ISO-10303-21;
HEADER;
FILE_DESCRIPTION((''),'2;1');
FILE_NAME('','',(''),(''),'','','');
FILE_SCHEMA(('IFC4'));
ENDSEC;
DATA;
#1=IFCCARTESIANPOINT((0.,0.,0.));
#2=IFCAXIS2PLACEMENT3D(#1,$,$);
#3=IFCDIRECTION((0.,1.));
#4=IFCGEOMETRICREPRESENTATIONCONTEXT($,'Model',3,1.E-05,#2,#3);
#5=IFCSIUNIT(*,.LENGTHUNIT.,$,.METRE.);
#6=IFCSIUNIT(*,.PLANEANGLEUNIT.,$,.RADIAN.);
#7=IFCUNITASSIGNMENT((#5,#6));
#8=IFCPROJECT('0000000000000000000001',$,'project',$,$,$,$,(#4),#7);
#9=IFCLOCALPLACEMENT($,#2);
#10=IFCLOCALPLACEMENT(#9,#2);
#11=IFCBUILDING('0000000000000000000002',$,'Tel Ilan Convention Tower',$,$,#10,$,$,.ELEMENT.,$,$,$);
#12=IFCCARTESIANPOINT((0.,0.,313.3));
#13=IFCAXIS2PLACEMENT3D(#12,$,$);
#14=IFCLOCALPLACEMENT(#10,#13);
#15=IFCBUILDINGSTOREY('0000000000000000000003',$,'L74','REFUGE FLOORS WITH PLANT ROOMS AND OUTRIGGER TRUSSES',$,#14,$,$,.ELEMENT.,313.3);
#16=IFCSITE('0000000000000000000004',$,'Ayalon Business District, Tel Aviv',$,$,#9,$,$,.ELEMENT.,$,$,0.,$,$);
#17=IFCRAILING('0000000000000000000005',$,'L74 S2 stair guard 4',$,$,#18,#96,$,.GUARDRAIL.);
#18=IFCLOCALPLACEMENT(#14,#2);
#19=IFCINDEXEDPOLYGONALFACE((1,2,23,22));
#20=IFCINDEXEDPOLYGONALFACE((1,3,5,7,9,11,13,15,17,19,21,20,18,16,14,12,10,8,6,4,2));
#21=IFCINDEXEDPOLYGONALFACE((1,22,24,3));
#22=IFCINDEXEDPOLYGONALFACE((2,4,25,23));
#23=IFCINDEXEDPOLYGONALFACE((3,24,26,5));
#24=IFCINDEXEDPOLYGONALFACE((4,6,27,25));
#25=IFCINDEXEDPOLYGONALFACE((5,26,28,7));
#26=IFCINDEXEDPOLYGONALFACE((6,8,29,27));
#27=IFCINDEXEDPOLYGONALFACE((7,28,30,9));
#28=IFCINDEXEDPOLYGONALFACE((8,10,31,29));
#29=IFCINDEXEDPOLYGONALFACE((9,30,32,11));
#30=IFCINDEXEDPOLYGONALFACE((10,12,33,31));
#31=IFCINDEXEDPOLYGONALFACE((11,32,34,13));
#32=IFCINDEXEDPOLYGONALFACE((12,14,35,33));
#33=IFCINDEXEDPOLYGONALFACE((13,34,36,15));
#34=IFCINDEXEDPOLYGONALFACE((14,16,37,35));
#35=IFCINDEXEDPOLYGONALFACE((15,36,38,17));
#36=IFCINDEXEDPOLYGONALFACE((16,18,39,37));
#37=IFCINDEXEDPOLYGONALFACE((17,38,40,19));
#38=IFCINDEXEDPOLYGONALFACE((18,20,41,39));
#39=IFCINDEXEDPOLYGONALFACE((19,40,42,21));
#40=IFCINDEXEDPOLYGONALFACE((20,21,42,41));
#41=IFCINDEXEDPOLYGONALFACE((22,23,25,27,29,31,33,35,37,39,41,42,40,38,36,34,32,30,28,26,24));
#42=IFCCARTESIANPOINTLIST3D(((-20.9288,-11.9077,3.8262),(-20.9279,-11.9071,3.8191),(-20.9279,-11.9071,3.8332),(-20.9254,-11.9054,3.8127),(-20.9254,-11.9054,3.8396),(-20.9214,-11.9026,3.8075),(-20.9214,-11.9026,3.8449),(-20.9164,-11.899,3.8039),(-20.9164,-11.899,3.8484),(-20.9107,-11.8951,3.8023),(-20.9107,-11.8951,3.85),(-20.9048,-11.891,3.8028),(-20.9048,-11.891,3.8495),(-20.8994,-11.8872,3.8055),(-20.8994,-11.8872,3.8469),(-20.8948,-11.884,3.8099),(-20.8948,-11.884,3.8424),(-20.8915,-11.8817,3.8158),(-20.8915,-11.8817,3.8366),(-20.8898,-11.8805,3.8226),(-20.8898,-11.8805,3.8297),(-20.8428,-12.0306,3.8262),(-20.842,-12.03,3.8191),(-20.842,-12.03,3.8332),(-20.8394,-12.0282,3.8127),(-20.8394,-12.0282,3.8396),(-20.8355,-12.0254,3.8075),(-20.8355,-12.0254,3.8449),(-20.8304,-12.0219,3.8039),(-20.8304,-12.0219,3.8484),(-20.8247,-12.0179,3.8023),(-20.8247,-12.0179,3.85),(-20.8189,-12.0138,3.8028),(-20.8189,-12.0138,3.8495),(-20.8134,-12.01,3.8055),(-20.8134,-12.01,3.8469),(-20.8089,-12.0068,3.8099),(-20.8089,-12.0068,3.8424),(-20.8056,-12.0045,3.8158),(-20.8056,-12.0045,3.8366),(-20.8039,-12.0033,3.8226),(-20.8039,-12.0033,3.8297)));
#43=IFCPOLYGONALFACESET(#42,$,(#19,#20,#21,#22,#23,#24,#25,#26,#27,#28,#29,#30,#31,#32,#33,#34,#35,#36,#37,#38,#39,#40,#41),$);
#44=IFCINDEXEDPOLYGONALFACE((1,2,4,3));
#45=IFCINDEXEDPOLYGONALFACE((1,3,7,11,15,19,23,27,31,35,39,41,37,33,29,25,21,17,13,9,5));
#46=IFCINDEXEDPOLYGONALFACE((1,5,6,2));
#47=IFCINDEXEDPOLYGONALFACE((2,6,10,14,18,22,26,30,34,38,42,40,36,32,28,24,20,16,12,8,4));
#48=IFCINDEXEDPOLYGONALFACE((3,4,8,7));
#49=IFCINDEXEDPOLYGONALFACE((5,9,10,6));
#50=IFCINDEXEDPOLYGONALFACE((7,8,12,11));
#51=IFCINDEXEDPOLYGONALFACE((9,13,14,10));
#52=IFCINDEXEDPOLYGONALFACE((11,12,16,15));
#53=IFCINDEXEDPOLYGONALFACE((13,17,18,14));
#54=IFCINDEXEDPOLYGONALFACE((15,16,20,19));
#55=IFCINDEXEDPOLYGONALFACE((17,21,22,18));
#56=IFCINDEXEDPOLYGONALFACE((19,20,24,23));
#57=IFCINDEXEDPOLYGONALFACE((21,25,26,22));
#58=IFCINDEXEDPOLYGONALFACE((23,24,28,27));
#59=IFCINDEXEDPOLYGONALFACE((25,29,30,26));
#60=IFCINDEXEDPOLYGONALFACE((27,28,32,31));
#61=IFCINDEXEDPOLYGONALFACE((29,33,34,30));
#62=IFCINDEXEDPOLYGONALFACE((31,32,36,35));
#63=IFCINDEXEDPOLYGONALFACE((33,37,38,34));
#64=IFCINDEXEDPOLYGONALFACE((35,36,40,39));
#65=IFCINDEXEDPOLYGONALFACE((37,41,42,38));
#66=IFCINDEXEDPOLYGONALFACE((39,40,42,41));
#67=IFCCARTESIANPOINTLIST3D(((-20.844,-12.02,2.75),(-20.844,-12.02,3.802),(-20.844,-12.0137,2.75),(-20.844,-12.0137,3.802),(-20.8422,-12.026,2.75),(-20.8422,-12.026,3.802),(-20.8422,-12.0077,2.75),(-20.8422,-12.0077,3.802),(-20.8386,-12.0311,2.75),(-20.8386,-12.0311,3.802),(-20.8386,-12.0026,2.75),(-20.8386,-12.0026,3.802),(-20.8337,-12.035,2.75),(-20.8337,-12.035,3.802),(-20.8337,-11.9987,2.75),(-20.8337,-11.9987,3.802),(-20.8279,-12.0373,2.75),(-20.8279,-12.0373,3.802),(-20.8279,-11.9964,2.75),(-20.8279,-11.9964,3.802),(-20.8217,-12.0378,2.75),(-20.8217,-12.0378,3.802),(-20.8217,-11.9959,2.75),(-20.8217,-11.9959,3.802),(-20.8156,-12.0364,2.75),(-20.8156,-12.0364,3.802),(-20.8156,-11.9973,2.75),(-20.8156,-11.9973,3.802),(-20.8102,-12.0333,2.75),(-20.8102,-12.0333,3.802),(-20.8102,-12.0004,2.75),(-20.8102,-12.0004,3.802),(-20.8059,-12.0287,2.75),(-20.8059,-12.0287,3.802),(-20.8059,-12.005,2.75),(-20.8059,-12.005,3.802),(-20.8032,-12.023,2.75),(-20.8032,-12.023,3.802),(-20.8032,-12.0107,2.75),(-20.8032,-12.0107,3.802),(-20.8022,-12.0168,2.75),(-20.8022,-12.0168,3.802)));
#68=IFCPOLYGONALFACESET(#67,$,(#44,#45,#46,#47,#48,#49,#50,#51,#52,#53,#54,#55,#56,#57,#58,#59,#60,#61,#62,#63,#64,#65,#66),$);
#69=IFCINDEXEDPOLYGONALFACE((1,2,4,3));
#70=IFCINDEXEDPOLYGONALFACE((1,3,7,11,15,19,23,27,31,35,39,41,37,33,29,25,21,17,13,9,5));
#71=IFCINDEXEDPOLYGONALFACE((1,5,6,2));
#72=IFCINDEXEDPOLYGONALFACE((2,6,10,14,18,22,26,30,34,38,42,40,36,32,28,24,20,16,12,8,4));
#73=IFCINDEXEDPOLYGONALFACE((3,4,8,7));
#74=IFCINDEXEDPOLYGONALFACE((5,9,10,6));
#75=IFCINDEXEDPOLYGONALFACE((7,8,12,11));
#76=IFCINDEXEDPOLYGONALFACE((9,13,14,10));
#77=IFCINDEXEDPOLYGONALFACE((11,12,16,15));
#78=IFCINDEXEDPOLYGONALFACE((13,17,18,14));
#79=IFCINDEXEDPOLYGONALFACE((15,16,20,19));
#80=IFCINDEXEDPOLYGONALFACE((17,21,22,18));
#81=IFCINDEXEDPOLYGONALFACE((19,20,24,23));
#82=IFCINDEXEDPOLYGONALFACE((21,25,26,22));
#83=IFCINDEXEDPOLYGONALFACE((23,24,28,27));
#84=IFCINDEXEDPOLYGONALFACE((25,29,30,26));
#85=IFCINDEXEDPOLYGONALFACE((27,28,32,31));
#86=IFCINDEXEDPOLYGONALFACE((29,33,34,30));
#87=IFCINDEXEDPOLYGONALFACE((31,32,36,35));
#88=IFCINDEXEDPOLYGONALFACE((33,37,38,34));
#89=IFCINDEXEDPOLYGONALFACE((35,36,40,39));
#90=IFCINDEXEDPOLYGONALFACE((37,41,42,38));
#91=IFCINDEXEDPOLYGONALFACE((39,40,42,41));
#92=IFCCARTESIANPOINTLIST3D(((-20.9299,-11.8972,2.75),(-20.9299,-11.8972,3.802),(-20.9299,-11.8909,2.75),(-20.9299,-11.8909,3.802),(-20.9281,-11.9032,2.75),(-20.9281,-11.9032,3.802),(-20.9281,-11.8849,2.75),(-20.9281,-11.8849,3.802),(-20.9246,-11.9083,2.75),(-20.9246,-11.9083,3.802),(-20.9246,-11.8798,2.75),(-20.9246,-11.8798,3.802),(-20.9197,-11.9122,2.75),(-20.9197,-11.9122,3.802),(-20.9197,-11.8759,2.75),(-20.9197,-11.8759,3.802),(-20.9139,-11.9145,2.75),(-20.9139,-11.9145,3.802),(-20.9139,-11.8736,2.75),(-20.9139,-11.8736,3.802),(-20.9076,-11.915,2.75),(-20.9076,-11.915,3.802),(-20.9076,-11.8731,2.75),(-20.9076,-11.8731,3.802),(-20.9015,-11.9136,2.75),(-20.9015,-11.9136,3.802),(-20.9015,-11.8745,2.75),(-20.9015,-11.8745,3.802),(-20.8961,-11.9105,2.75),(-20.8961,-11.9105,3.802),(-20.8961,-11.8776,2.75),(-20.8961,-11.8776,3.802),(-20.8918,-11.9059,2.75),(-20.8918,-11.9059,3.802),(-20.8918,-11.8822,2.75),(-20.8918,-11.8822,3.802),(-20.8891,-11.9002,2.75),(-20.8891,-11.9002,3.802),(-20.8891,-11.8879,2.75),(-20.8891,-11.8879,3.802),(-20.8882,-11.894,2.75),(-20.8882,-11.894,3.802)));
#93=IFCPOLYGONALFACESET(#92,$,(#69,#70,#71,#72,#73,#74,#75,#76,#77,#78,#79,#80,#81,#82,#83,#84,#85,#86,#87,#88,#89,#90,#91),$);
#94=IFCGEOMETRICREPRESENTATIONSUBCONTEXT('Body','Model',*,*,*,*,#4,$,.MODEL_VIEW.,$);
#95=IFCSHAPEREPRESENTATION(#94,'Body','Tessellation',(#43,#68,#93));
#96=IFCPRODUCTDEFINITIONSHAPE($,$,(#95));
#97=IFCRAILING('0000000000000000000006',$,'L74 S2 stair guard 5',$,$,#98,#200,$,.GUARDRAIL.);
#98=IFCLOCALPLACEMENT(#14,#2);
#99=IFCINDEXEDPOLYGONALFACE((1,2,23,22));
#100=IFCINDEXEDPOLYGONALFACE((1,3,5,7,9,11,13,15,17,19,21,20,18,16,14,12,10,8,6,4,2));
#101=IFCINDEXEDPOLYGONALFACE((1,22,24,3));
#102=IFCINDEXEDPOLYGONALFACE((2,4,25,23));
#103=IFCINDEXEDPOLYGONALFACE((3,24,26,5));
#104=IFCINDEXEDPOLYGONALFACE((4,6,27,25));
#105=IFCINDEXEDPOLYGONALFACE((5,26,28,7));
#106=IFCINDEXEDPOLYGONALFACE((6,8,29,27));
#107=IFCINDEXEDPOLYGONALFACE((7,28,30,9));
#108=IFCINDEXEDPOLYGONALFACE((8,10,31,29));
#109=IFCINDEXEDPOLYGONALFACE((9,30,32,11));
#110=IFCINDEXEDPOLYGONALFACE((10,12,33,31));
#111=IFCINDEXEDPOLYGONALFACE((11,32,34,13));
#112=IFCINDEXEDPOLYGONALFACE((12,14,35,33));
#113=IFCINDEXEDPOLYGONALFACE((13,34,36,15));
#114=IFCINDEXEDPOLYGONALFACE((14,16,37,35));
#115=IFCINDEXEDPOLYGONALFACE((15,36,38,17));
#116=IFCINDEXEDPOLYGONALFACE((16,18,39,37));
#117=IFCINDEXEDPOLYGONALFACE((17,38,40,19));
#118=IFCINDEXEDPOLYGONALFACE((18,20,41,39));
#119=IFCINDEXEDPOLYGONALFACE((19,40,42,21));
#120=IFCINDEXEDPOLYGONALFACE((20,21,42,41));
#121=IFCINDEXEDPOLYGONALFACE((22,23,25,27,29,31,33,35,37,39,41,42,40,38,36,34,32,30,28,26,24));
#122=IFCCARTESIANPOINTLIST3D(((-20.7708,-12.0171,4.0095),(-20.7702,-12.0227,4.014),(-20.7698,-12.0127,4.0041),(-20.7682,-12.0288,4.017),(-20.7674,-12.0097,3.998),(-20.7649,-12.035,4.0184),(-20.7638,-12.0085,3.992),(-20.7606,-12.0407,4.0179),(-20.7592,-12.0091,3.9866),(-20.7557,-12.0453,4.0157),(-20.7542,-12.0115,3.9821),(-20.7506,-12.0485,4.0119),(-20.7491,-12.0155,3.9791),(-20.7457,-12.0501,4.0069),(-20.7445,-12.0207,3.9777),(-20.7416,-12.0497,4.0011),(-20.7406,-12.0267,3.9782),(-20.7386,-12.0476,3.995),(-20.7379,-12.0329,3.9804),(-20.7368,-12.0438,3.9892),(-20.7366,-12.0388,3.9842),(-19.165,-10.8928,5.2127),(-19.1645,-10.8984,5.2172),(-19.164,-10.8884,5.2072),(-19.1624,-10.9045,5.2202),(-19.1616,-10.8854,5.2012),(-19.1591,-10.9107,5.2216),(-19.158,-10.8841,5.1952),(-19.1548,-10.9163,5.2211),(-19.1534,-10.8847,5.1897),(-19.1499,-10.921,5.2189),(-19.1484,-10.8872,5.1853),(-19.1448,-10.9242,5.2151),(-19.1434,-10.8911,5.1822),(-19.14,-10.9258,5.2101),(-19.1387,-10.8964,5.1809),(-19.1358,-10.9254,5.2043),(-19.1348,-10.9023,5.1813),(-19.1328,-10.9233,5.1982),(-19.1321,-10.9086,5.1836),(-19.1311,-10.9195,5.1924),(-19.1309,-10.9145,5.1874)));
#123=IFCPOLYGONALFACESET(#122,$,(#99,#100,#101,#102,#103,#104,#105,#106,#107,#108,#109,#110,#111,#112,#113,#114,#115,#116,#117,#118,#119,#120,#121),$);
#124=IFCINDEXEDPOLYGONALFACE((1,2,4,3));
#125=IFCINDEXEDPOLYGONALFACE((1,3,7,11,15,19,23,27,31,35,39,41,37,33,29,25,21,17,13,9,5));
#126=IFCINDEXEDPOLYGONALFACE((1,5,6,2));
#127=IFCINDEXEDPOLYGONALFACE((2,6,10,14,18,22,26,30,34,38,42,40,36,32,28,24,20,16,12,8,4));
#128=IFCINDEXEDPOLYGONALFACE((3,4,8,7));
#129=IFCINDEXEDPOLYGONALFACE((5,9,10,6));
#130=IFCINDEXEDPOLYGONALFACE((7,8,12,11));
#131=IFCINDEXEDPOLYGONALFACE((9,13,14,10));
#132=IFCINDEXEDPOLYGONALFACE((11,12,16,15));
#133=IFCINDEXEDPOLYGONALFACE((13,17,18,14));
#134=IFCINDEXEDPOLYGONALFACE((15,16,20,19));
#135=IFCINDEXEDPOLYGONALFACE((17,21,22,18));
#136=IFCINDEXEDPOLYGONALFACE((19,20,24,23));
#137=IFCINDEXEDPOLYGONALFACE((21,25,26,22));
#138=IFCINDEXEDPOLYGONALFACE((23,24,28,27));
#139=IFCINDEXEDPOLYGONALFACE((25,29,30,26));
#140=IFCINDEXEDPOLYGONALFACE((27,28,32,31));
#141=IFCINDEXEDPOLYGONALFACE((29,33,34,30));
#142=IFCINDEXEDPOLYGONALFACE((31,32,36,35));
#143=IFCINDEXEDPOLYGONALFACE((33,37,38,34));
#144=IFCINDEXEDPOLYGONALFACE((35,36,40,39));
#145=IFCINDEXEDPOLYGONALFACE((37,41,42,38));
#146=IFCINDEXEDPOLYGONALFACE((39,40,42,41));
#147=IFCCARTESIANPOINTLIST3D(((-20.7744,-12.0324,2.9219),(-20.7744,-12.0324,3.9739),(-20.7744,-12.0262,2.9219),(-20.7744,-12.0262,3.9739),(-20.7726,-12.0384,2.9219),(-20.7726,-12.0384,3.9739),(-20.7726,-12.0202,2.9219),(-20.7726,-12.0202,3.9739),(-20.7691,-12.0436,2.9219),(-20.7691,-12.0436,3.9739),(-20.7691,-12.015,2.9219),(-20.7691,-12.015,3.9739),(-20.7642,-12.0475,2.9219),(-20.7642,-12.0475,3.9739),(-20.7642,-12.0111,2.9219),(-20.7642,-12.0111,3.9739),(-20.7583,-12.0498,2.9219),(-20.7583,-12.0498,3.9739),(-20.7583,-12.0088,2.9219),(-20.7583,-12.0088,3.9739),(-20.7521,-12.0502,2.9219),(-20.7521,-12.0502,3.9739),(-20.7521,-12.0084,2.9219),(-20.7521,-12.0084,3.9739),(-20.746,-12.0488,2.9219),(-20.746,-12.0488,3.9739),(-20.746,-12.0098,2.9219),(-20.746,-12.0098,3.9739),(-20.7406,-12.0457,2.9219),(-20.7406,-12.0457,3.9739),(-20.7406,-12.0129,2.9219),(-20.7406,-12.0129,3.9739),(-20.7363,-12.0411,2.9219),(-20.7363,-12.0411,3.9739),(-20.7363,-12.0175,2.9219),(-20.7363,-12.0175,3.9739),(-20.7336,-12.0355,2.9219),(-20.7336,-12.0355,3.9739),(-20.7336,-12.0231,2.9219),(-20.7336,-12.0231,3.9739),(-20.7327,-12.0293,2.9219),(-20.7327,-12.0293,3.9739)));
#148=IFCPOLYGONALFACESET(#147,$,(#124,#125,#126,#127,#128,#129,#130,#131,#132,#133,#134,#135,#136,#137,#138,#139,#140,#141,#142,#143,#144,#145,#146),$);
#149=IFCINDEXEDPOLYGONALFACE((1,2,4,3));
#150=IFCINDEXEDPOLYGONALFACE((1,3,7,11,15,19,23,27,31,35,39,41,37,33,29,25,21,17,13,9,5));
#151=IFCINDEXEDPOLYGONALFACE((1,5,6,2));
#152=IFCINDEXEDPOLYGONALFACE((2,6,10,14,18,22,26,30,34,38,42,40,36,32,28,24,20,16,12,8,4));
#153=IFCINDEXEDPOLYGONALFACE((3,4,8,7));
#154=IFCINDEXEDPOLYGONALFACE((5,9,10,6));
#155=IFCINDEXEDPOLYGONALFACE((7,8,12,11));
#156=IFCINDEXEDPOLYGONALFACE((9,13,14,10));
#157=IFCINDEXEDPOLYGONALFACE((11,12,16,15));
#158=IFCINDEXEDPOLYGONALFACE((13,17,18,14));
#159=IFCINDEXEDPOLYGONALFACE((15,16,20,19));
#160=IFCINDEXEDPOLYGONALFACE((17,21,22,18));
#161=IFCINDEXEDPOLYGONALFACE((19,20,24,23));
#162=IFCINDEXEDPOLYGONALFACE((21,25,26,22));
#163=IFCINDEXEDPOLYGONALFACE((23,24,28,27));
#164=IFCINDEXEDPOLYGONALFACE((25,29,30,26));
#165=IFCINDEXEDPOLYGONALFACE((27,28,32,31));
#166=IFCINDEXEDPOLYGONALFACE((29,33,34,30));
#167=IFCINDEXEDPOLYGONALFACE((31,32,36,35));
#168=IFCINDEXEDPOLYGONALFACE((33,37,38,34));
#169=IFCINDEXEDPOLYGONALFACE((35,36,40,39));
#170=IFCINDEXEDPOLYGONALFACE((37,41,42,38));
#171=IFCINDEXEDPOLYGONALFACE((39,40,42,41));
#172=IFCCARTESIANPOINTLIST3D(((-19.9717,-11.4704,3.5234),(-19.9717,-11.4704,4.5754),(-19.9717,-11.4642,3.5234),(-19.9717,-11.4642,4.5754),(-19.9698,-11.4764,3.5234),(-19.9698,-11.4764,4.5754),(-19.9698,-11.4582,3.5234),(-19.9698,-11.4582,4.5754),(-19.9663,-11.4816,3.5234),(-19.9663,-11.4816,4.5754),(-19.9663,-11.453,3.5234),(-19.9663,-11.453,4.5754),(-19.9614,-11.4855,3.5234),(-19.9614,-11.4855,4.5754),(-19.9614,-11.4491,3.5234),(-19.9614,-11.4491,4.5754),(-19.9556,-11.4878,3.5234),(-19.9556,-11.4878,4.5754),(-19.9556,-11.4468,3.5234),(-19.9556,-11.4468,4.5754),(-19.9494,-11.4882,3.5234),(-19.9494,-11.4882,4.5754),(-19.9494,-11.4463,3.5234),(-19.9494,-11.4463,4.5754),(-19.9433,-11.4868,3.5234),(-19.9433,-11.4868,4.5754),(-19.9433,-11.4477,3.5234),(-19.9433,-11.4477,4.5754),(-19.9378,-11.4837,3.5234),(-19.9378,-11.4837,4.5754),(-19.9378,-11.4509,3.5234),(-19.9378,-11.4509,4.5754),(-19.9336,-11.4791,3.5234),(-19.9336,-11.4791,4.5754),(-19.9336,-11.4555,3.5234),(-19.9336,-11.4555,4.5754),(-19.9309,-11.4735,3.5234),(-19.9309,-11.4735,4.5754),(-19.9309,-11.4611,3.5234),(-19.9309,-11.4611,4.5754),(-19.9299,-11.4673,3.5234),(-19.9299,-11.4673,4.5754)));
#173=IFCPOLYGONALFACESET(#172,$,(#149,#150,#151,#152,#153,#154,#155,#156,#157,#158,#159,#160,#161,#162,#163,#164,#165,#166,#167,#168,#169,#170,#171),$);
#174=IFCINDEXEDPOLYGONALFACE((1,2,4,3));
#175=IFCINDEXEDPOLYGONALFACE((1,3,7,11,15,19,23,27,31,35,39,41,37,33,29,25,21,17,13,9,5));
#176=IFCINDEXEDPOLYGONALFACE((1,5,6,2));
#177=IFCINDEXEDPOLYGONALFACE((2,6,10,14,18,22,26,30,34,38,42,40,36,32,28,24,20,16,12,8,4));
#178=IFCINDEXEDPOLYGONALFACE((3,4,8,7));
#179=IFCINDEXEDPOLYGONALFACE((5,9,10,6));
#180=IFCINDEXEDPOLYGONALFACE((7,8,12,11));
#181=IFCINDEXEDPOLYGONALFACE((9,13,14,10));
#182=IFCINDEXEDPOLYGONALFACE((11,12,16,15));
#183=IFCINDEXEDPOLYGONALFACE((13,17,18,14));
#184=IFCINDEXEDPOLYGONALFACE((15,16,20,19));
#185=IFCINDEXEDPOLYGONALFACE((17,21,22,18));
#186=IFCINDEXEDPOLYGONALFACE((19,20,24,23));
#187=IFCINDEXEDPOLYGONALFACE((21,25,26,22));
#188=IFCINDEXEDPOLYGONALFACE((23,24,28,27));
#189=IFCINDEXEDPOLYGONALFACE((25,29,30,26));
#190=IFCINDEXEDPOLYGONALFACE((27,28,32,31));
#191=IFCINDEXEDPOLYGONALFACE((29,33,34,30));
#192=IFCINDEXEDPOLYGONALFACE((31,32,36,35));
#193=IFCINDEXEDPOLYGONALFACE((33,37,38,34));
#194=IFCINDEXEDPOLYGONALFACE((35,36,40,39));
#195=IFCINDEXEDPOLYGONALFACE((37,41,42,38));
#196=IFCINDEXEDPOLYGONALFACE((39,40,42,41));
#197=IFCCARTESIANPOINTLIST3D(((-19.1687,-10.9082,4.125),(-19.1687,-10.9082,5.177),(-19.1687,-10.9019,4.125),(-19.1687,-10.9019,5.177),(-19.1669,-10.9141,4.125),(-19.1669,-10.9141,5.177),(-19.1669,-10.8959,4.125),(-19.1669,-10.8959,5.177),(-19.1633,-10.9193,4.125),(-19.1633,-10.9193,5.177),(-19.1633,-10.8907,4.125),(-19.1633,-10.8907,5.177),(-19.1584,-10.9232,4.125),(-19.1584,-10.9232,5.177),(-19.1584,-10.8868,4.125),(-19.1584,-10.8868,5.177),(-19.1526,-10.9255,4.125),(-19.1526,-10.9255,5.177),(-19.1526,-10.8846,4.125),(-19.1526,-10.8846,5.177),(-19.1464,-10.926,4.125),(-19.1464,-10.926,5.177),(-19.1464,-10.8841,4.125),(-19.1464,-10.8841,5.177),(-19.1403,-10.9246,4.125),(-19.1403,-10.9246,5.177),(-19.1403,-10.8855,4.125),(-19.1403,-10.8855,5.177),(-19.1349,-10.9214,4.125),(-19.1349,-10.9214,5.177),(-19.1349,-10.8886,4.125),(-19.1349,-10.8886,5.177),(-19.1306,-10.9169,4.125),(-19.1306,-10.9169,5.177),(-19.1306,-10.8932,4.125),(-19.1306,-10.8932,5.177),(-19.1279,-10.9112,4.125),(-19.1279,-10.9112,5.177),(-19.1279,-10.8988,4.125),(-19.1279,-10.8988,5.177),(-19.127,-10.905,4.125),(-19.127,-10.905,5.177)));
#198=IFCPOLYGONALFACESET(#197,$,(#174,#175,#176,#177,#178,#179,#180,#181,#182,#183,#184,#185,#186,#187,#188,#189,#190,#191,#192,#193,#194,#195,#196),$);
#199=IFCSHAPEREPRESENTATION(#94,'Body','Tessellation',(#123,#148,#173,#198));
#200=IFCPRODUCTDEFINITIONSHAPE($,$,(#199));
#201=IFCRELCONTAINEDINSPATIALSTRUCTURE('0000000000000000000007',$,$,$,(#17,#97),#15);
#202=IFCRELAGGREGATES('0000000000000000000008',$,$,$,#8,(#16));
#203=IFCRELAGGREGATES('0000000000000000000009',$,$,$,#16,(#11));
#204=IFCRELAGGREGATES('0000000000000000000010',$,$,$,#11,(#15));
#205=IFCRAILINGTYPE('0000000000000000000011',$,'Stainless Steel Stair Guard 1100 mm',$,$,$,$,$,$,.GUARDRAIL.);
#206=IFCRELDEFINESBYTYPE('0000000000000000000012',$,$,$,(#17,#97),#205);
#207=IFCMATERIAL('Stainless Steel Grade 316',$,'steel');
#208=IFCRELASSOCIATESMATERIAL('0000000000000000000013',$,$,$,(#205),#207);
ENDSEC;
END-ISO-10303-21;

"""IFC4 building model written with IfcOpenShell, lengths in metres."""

from ifc_helpers import new_model, si_unit, direction, frame, origin, origin_2d, place, context, subcontext, project, spatial, circle, extrude, material, type_object, element, save


model = new_model("IFC4")

# Units and contexts
model_context = context("Model", 3, precision=1e-05, world=origin(), true_north=direction((0.0, 1.0)))
body_context = subcontext(model_context, "Body", "Model", "MODEL_VIEW")
ifc_project = project(units=[si_unit("LENGTHUNIT", "METRE"), si_unit("PLANEANGLEUNIT", "RADIAN")], contexts=[model_context])

# Site, building, storey
site_placement = place(None, origin())
site = spatial("IfcSite", under=ifc_project, at=site_placement, Name="Ayalon Business District, Tel Aviv", CompositionType="ELEMENT", RefElevation=0.0)
building_placement = place(site_placement, origin())
building = spatial("IfcBuilding", under=site, at=building_placement, Name="Tel Ilan Convention Tower", CompositionType="ELEMENT")
storey_placement = place(building_placement, frame((0.0, 0.0, 313.3)))
storey = spatial("IfcBuildingStorey", under=building, at=storey_placement, Name="L74", Description="REFUGE FLOORS WITH PLANT ROOMS AND OUTRIGGER TRUSSES", CompositionType="ELEMENT", Elevation=313.3)

# Railings
ifc_material_1 = material(Name="Stainless Steel Grade 316", Category="steel")
railing_type_1 = type_object("IfcRailingType", Name="Stainless Steel Stair Guard 1100 mm", PredefinedType="GUARDRAIL", material=ifc_material_1)
railing_1_placement = place(storey_placement, frame((-20.8232, -12.0168, 2.75)))
element("IfcRailing", 1, at=railing_1_placement, inside=storey, type_object=railing_type_1, Name="L74 S2 stair guard 4", PredefinedType="GUARDRAIL", context=body_context, shape_type="SweptSolid", body=[
    extrude(circle(Radius=0.0239, at=origin_2d()), frame((0.0, 0.0, 1.0762), z_axis=(-0.573353, 0.819308, 0.0), x_axis=(-0.819308, -0.573353, 0.0)), (0.0, 0.0, 1.0), 0.1499),
    extrude(circle(Radius=0.021, at=origin_2d()), origin(), (0.0, 0.0, 1.0), 1.052),
    extrude(circle(Radius=0.021, at=origin_2d()), frame((-0.0859, 0.1228, 0.0)), (0.0, 0.0, 1.0), 1.052),
])
railing_2_placement = place(storey_placement, frame((-20.7537, -12.0293, 2.9219)))
element("IfcRailing", 2, at=railing_2_placement, inside=storey, type_object=railing_type_1, Name="L74 S2 stair guard 5", PredefinedType="GUARDRAIL", context=body_context, shape_type="SweptSolid", body=[
    extrude(circle(Radius=0.0239, at=origin_2d()), frame((0.0, 0.0, 1.0762), z_axis=(0.698149, 0.488821, 0.523108), x_axis=(-0.573554, 0.819168, 0.0)), (0.0, 0.0, 1.0), 2.3),
    extrude(circle(Radius=0.021, at=origin_2d()), origin(), (0.0, 0.0, 1.0), 1.052),
    extrude(circle(Radius=0.021, at=origin_2d()), frame((0.8027, 0.562, 0.6016)), (0.0, 0.0, 1.0), 1.052),
    extrude(circle(Radius=0.021, at=origin_2d()), frame((1.6057, 1.1243, 1.2031)), (0.0, 0.0, 1.0), 1.052),
])

save(model, "model.ifc")
